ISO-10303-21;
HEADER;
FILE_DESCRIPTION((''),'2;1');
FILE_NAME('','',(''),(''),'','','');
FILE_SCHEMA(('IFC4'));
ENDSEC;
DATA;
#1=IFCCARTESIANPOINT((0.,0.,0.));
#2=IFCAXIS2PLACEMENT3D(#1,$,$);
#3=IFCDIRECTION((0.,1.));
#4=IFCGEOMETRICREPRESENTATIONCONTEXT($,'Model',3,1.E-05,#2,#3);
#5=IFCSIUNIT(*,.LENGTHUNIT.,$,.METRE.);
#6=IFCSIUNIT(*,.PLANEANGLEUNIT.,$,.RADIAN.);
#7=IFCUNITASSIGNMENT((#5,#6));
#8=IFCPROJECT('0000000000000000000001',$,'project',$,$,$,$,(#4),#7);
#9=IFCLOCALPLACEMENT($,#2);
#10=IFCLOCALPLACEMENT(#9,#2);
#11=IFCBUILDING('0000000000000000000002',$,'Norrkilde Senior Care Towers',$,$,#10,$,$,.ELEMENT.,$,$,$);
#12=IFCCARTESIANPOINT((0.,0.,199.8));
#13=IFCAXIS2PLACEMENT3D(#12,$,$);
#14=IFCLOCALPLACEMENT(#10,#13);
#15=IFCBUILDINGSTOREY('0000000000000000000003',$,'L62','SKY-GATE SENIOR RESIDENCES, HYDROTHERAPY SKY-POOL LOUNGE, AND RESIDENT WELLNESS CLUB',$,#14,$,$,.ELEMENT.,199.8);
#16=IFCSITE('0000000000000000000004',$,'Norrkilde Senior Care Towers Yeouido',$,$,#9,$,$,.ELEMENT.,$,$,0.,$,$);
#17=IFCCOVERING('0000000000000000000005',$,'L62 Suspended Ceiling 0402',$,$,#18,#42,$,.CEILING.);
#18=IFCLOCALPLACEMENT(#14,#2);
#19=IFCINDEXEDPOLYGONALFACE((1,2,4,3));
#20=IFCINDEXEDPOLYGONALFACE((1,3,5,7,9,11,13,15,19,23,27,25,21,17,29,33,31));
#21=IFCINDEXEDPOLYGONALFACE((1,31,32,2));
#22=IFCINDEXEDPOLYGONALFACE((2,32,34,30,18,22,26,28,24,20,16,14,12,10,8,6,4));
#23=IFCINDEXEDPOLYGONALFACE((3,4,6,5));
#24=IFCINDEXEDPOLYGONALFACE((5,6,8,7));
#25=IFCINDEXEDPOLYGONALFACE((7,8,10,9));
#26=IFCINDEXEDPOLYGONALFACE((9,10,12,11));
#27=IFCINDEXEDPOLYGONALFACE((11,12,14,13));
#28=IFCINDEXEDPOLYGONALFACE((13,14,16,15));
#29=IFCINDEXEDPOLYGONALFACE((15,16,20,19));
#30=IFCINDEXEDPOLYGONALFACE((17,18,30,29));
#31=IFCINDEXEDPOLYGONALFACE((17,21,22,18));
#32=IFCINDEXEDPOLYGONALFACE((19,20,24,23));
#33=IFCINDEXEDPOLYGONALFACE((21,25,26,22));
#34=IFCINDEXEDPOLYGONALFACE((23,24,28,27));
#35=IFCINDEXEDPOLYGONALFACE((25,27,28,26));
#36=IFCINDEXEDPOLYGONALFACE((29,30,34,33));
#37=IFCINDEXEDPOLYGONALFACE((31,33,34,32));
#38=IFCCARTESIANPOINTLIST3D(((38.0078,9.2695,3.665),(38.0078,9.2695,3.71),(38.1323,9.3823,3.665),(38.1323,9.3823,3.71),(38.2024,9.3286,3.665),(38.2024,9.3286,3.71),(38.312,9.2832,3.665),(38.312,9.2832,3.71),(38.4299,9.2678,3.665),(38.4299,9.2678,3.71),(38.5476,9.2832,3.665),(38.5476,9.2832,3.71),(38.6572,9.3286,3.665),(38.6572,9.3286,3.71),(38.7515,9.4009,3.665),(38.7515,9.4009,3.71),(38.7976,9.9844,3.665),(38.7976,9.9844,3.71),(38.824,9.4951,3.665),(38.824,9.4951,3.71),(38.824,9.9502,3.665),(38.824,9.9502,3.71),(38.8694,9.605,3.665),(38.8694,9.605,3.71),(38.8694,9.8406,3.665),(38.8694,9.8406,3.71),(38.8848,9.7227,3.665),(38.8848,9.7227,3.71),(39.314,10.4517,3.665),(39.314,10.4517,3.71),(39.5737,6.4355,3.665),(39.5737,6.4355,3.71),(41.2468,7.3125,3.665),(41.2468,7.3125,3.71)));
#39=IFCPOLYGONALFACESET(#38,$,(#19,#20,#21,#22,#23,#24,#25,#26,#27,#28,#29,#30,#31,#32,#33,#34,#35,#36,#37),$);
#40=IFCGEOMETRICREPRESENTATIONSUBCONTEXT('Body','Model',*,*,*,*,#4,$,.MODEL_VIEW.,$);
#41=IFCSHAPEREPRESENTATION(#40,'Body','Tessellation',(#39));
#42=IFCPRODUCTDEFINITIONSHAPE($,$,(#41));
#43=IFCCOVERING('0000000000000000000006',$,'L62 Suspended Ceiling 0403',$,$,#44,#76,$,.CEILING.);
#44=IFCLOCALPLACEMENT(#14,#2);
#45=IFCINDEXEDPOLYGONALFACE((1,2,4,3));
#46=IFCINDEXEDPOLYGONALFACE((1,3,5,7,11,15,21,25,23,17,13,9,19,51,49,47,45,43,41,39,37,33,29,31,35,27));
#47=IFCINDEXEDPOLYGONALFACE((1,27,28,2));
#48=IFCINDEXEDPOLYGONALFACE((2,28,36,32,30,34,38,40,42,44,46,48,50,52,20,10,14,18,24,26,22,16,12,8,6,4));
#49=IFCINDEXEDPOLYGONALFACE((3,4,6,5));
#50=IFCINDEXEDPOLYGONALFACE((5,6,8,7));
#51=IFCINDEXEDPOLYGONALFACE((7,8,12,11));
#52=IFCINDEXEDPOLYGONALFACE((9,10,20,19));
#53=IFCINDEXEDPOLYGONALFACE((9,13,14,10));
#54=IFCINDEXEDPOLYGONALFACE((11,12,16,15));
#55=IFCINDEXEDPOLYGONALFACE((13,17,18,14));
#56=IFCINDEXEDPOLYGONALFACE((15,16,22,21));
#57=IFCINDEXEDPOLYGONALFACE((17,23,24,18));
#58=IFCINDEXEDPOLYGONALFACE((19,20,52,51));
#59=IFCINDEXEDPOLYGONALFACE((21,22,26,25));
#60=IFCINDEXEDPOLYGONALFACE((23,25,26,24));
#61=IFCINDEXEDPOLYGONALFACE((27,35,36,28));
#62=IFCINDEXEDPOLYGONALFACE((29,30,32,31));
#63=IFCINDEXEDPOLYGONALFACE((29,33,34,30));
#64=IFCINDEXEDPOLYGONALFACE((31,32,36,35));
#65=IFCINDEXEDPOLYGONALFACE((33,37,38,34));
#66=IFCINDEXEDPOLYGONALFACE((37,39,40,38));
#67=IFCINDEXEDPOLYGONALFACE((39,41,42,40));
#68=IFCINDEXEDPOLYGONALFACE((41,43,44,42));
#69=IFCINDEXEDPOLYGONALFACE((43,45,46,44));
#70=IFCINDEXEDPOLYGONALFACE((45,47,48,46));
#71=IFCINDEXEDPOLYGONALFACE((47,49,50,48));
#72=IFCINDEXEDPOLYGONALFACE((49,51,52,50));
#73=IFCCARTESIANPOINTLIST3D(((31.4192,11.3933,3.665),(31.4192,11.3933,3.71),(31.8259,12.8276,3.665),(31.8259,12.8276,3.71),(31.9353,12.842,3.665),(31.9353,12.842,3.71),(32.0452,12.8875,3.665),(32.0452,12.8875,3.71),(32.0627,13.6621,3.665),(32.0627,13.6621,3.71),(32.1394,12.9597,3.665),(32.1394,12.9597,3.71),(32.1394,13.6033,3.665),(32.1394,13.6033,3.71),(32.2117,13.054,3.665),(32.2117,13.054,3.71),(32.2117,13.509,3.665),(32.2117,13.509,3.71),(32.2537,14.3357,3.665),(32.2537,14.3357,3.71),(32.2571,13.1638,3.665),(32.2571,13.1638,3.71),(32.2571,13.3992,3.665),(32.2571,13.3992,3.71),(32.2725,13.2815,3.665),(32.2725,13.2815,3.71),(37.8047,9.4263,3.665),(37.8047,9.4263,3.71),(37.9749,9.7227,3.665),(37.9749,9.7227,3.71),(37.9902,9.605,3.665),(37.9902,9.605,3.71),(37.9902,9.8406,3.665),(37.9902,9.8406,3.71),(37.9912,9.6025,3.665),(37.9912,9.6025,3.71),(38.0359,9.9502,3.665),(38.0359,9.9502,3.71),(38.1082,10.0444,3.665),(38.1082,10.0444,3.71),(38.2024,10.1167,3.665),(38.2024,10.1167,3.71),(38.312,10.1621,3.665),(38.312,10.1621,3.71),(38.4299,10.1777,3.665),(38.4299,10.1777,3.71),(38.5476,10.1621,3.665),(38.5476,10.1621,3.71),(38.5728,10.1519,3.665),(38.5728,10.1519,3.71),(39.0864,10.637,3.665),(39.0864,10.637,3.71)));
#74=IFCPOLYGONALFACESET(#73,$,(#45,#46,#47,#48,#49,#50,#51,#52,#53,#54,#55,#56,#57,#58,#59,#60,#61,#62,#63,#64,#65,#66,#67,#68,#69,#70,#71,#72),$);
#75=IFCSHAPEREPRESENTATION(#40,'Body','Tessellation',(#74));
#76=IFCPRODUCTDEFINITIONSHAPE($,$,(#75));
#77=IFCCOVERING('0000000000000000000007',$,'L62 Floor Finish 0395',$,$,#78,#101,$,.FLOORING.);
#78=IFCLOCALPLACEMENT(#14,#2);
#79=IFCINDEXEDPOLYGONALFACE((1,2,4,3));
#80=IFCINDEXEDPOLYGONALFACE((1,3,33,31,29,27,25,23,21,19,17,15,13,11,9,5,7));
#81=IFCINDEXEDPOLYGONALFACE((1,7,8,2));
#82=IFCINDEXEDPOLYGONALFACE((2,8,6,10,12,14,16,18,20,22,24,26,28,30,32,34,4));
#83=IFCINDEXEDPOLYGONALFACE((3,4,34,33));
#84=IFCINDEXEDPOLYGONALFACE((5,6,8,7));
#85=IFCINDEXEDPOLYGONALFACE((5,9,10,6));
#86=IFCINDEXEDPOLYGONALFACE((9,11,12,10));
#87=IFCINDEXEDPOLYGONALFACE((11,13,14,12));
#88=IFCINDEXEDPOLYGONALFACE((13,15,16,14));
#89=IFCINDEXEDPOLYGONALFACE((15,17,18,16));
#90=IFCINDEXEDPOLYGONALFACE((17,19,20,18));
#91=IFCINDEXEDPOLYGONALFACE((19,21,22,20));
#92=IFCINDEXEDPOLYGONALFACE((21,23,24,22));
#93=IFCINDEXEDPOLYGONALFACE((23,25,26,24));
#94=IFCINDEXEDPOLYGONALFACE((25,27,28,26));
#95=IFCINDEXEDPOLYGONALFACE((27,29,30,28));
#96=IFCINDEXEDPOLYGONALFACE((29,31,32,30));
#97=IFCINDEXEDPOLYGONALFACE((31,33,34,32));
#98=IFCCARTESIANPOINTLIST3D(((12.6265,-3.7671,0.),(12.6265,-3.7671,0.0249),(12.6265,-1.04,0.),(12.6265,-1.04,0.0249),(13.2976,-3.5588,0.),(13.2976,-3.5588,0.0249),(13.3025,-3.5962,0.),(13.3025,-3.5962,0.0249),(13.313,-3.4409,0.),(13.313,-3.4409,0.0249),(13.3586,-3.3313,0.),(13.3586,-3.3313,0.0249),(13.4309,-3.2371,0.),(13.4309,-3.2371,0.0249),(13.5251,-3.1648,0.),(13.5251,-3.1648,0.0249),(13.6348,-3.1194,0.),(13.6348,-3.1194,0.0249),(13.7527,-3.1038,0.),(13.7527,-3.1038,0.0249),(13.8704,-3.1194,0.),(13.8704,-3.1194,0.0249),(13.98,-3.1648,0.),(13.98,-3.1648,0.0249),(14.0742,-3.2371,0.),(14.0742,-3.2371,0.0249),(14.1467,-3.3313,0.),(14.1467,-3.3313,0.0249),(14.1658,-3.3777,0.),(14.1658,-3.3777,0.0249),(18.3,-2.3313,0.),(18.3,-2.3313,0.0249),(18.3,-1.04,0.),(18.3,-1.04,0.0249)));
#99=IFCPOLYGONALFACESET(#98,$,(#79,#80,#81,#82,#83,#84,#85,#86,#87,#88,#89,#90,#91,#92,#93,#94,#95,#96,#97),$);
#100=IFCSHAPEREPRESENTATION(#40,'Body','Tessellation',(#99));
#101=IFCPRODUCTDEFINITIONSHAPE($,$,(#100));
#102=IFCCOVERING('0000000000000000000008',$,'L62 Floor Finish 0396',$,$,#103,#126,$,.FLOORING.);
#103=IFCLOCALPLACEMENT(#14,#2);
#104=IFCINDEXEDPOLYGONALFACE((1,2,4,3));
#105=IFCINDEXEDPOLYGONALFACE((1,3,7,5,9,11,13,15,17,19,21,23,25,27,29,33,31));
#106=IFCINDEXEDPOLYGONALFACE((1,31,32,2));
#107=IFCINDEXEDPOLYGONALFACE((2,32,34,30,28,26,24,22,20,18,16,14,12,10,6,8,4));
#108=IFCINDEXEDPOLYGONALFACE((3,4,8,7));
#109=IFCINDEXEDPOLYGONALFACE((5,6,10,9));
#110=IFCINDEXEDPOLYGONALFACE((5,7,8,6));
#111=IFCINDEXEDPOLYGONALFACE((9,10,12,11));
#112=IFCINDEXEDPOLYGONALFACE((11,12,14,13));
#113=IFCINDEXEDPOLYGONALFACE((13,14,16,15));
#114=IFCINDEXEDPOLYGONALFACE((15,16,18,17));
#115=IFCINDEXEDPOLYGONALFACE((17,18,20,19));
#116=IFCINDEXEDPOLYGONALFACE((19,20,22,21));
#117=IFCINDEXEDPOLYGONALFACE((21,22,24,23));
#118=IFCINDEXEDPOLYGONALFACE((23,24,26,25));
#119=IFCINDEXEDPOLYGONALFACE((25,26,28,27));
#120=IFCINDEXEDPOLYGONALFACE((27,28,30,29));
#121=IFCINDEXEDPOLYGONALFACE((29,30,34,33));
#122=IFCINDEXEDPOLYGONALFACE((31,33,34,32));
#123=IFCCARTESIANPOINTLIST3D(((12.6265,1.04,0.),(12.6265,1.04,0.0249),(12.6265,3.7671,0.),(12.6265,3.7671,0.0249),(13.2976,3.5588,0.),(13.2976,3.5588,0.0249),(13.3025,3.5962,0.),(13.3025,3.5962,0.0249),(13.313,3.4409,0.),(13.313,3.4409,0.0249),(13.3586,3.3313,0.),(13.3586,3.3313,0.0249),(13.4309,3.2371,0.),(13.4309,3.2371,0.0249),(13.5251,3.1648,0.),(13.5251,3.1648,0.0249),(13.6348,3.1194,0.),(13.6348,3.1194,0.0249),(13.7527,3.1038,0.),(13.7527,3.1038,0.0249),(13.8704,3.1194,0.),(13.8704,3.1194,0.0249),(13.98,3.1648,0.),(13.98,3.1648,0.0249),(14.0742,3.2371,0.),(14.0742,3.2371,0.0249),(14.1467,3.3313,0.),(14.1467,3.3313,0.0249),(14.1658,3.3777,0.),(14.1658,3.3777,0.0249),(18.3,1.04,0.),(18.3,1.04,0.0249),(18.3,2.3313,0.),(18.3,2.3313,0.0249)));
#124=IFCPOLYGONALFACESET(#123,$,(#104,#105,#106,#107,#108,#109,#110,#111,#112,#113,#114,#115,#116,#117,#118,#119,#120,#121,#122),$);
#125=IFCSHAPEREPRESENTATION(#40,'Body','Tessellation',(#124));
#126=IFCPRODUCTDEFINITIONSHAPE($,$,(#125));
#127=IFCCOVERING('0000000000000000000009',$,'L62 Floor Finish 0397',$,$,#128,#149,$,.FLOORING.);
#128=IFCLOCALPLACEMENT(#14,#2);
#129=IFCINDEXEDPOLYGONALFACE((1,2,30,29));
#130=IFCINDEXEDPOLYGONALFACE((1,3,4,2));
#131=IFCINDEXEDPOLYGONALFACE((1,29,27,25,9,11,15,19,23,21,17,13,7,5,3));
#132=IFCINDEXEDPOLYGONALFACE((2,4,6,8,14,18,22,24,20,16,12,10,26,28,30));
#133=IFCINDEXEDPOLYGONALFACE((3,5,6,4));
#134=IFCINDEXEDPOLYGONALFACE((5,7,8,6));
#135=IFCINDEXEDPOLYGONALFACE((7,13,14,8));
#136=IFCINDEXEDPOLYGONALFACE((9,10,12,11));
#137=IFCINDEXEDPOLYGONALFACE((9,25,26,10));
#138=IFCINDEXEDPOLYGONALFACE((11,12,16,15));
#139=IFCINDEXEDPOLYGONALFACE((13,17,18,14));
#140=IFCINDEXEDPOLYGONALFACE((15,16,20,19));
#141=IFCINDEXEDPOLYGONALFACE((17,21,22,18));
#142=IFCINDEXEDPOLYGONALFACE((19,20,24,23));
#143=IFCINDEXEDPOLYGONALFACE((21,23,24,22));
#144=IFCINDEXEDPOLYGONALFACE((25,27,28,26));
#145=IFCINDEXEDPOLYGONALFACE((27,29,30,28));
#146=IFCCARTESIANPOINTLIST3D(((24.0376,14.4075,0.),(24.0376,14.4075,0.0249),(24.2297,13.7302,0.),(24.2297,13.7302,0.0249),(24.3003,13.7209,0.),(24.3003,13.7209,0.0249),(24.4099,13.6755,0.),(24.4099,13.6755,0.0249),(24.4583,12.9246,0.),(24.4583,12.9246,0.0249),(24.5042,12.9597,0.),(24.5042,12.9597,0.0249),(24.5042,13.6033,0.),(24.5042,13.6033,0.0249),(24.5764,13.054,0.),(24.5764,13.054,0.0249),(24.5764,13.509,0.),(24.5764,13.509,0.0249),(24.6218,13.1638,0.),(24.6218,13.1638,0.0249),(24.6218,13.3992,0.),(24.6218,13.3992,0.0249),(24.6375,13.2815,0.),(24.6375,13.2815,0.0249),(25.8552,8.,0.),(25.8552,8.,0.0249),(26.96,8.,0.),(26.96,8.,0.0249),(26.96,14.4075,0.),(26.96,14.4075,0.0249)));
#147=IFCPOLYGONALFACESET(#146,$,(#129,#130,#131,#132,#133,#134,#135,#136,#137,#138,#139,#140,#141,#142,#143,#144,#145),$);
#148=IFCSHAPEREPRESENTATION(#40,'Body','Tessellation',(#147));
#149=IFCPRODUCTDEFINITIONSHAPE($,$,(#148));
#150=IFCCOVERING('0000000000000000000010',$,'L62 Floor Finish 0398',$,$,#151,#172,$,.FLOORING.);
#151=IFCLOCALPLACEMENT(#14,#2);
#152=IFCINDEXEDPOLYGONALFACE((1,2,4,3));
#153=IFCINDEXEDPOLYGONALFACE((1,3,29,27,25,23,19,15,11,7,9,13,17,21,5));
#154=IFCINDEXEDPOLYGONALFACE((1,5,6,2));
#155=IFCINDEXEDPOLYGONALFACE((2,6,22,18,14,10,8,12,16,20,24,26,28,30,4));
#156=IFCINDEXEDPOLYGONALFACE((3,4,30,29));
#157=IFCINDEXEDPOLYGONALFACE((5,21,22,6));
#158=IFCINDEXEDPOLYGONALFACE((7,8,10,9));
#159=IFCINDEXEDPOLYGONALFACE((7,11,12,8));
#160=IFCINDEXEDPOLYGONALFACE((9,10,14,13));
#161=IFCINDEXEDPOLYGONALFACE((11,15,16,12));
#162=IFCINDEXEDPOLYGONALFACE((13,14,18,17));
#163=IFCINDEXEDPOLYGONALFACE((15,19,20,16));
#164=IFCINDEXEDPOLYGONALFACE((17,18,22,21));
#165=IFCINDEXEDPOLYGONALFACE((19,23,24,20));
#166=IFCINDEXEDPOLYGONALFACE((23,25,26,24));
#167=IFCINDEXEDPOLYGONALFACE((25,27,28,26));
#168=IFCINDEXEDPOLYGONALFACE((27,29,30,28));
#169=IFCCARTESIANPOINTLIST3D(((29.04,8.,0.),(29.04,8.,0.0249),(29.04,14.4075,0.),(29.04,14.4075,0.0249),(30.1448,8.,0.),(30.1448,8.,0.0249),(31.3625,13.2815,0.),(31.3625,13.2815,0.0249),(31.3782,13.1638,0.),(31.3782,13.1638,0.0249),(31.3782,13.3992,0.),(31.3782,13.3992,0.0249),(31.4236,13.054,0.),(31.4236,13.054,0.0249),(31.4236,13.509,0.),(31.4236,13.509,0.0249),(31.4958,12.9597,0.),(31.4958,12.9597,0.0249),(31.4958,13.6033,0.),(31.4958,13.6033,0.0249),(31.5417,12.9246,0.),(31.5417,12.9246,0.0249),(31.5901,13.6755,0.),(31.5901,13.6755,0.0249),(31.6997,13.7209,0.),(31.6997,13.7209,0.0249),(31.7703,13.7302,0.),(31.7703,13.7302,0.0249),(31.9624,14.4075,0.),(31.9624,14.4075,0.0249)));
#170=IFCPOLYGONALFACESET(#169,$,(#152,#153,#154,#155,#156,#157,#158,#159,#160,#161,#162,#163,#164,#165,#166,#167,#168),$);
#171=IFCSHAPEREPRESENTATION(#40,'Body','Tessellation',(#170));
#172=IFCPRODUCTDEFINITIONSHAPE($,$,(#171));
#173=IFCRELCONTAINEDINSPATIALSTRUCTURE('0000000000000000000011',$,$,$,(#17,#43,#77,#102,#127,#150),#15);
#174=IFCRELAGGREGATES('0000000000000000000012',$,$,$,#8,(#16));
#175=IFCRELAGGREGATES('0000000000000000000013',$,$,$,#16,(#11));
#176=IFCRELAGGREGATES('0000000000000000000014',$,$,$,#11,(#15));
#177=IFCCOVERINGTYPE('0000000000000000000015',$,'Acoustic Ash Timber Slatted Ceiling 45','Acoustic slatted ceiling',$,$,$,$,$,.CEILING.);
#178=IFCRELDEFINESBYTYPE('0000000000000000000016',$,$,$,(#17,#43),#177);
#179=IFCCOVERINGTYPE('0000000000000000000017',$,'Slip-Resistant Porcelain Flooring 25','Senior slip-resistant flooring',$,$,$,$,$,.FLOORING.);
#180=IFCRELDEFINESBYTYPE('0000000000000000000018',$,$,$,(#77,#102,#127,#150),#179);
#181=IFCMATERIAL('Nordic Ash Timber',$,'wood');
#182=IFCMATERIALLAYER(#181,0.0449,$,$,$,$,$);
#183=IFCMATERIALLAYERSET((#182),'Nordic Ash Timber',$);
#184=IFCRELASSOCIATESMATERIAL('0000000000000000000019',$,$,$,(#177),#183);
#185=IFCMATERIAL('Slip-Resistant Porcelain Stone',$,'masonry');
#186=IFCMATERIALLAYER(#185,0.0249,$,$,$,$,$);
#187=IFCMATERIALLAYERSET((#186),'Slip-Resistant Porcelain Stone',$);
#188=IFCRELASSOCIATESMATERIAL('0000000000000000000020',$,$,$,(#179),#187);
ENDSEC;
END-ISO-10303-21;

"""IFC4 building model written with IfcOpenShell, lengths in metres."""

from ifc_helpers import new_model, si_unit, direction, frame, origin, place, context, subcontext, project, spatial, polyline, outline, extrude, material, layer, layer_set, type_object, element, save


model = new_model("IFC4")

# Units and contexts
model_context = context("Model", 3, precision=1e-05, world=origin(), true_north=direction((0.0, 1.0)))
body_context = subcontext(model_context, "Body", "Model", "MODEL_VIEW")
ifc_project = project(units=[si_unit("LENGTHUNIT", "METRE"), si_unit("PLANEANGLEUNIT", "RADIAN")], contexts=[model_context])

# Site, building, storey
site_placement = place(None, origin())
site = spatial("IfcSite", under=ifc_project, at=site_placement, Name="Norrkilde Senior Care Towers Yeouido", CompositionType="ELEMENT", RefElevation=0.0)
building_placement = place(site_placement, origin())
building = spatial("IfcBuilding", under=site, at=building_placement, Name="Norrkilde Senior Care Towers", CompositionType="ELEMENT")
storey_placement = place(building_placement, frame((0.0, 0.0, 199.8)))
storey = spatial("IfcBuildingStorey", under=building, at=storey_placement, Name="L62", Description="SKY-GATE SENIOR RESIDENCES, HYDROTHERAPY SKY-POOL LOUNGE, AND RESIDENT WELLNESS CLUB", CompositionType="ELEMENT", Elevation=199.8)

# Coverings
ifc_material_1 = material(Name="Nordic Ash Timber", Category="wood")
ifc_layer_1 = layer(ifc_material_1, 0.0449)
ifc_layer_set_1 = layer_set([ifc_layer_1], Name="Nordic Ash Timber")
covering_type_1 = type_object("IfcCoveringType", Name="Acoustic Ash Timber Slatted Ceiling 45", Description="Acoustic slatted ceiling", PredefinedType="CEILING", material=ifc_layer_set_1)
covering_1_placement = place(storey_placement, frame((0.0, 0.0, 3.665)))
element("IfcCovering", 1, at=covering_1_placement, inside=storey, type_object=covering_type_1, Name="L62 Suspended Ceiling 0402", PredefinedType="CEILING", context=body_context, shape_type="SweptSolid", body=[
    extrude(outline(polyline([(39.5737, 6.4355), (38.0078, 9.2695), (38.1323, 9.3823), (38.2024, 9.3286), (38.312, 9.2832), (38.4299, 9.2678), (38.5476, 9.2832), (38.6572, 9.3286), (38.7515, 9.4009), (38.824, 9.4951), (38.8694, 9.605), (38.8848, 9.7227), (38.8694, 9.8406), (38.824, 9.9502), (38.7976, 9.9844), (39.314, 10.4517), (41.2468, 7.3125), (39.5737, 6.4355)])), origin(), (0.0, 0.0, 1.0), 0.0449),
])
covering_2_placement = place(storey_placement, frame((0.0, 0.0, 3.665)))
element("IfcCovering", 2, at=covering_2_placement, inside=storey, type_object=covering_type_1, Name="L62 Suspended Ceiling 0403", PredefinedType="CEILING", context=body_context, shape_type="SweptSolid", body=[
    extrude(outline(polyline([(38.5728, 10.1519), (38.5476, 10.1621), (38.4299, 10.1777), (38.312, 10.1621), (38.2024, 10.1167), (38.1082, 10.0444), (38.0359, 9.9502), (37.9902, 9.8406), (37.9749, 9.7227), (37.9902, 9.605), (37.9912, 9.6025), (37.8047, 9.4263), (31.4192, 11.3933), (31.8259, 12.8276), (31.9353, 12.842), (32.0452, 12.8875), (32.1394, 12.9597), (32.2117, 13.054), (32.2571, 13.1638), (32.2725, 13.2815), (32.2571, 13.3992), (32.2117, 13.509), (32.1394, 13.6033), (32.0627, 13.6621), (32.2537, 14.3357), (39.0864, 10.637), (38.5728, 10.1519)])), origin(), (0.0, 0.0, 1.0), 0.0449),
])
ifc_material_2 = material(Name="Slip-Resistant Porcelain Stone", Category="masonry")
ifc_layer_2 = layer(ifc_material_2, 0.0249)
ifc_layer_set_2 = layer_set([ifc_layer_2], Name="Slip-Resistant Porcelain Stone")
covering_type_2 = type_object("IfcCoveringType", Name="Slip-Resistant Porcelain Flooring 25", Description="Senior slip-resistant flooring", PredefinedType="FLOORING", material=ifc_layer_set_2)
covering_3_placement = place(storey_placement, origin())
element("IfcCovering", 3, at=covering_3_placement, inside=storey, type_object=covering_type_2, Name="L62 Floor Finish 0395", PredefinedType="FLOORING", context=body_context, shape_type="SweptSolid", body=[
    extrude(outline(polyline([(18.3, -1.04), (18.3, -2.3313), (14.1658, -3.3777), (14.1467, -3.3313), (14.0742, -3.2371), (13.98, -3.1648), (13.8704, -3.1194), (13.7527, -3.1038), (13.6348, -3.1194), (13.5251, -3.1648), (13.4309, -3.2371), (13.3586, -3.3313), (13.313, -3.4409), (13.2976, -3.5588), (13.3025, -3.5962), (12.6265, -3.7671), (12.6265, -1.04), (18.3, -1.04)])), origin(), (0.0, 0.0, 1.0), 0.0249),
])
covering_4_placement = place(storey_placement, origin())
element("IfcCovering", 4, at=covering_4_placement, inside=storey, type_object=covering_type_2, Name="L62 Floor Finish 0396", PredefinedType="FLOORING", context=body_context, shape_type="SweptSolid", body=[
    extrude(outline(polyline([(18.3, 1.04), (12.6265, 1.04), (12.6265, 3.7671), (13.3025, 3.5962), (13.2976, 3.5588), (13.313, 3.4409), (13.3586, 3.3313), (13.4309, 3.2371), (13.5251, 3.1648), (13.6348, 3.1194), (13.7527, 3.1038), (13.8704, 3.1194), (13.98, 3.1648), (14.0742, 3.2371), (14.1467, 3.3313), (14.1658, 3.3777), (18.3, 2.3313), (18.3, 1.04)])), origin(), (0.0, 0.0, 1.0), 0.0249),
])
covering_5_placement = place(storey_placement, origin())
element("IfcCovering", 5, at=covering_5_placement, inside=storey, type_object=covering_type_2, Name="L62 Floor Finish 0397", PredefinedType="FLOORING", context=body_context, shape_type="SweptSolid", body=[
    extrude(outline(polyline([(26.96, 14.4075), (26.96, 8.0), (25.8552, 8.0), (24.4583, 12.9246), (24.5042, 12.9597), (24.5764, 13.054), (24.6218, 13.1638), (24.6375, 13.2815), (24.6218, 13.3992), (24.5764, 13.509), (24.5042, 13.6033), (24.4099, 13.6755), (24.3003, 13.7209), (24.2297, 13.7302), (24.0376, 14.4075), (26.96, 14.4075)])), origin(), (0.0, 0.0, 1.0), 0.0249),
])
covering_6_placement = place(storey_placement, origin())
element("IfcCovering", 6, at=covering_6_placement, inside=storey, type_object=covering_type_2, Name="L62 Floor Finish 0398", PredefinedType="FLOORING", context=body_context, shape_type="SweptSolid", body=[
    extrude(outline(polyline([(31.9624, 14.4075), (31.7703, 13.7302), (31.6997, 13.7209), (31.5901, 13.6755), (31.4958, 13.6033), (31.4236, 13.509), (31.3782, 13.3992), (31.3625, 13.2815), (31.3782, 13.1638), (31.4236, 13.054), (31.4958, 12.9597), (31.5417, 12.9246), (30.1448, 8.0), (29.04, 8.0), (29.04, 14.4075), (31.9624, 14.4075)])), origin(), (0.0, 0.0, 1.0), 0.0249),
])

save(model, "model.ifc")
